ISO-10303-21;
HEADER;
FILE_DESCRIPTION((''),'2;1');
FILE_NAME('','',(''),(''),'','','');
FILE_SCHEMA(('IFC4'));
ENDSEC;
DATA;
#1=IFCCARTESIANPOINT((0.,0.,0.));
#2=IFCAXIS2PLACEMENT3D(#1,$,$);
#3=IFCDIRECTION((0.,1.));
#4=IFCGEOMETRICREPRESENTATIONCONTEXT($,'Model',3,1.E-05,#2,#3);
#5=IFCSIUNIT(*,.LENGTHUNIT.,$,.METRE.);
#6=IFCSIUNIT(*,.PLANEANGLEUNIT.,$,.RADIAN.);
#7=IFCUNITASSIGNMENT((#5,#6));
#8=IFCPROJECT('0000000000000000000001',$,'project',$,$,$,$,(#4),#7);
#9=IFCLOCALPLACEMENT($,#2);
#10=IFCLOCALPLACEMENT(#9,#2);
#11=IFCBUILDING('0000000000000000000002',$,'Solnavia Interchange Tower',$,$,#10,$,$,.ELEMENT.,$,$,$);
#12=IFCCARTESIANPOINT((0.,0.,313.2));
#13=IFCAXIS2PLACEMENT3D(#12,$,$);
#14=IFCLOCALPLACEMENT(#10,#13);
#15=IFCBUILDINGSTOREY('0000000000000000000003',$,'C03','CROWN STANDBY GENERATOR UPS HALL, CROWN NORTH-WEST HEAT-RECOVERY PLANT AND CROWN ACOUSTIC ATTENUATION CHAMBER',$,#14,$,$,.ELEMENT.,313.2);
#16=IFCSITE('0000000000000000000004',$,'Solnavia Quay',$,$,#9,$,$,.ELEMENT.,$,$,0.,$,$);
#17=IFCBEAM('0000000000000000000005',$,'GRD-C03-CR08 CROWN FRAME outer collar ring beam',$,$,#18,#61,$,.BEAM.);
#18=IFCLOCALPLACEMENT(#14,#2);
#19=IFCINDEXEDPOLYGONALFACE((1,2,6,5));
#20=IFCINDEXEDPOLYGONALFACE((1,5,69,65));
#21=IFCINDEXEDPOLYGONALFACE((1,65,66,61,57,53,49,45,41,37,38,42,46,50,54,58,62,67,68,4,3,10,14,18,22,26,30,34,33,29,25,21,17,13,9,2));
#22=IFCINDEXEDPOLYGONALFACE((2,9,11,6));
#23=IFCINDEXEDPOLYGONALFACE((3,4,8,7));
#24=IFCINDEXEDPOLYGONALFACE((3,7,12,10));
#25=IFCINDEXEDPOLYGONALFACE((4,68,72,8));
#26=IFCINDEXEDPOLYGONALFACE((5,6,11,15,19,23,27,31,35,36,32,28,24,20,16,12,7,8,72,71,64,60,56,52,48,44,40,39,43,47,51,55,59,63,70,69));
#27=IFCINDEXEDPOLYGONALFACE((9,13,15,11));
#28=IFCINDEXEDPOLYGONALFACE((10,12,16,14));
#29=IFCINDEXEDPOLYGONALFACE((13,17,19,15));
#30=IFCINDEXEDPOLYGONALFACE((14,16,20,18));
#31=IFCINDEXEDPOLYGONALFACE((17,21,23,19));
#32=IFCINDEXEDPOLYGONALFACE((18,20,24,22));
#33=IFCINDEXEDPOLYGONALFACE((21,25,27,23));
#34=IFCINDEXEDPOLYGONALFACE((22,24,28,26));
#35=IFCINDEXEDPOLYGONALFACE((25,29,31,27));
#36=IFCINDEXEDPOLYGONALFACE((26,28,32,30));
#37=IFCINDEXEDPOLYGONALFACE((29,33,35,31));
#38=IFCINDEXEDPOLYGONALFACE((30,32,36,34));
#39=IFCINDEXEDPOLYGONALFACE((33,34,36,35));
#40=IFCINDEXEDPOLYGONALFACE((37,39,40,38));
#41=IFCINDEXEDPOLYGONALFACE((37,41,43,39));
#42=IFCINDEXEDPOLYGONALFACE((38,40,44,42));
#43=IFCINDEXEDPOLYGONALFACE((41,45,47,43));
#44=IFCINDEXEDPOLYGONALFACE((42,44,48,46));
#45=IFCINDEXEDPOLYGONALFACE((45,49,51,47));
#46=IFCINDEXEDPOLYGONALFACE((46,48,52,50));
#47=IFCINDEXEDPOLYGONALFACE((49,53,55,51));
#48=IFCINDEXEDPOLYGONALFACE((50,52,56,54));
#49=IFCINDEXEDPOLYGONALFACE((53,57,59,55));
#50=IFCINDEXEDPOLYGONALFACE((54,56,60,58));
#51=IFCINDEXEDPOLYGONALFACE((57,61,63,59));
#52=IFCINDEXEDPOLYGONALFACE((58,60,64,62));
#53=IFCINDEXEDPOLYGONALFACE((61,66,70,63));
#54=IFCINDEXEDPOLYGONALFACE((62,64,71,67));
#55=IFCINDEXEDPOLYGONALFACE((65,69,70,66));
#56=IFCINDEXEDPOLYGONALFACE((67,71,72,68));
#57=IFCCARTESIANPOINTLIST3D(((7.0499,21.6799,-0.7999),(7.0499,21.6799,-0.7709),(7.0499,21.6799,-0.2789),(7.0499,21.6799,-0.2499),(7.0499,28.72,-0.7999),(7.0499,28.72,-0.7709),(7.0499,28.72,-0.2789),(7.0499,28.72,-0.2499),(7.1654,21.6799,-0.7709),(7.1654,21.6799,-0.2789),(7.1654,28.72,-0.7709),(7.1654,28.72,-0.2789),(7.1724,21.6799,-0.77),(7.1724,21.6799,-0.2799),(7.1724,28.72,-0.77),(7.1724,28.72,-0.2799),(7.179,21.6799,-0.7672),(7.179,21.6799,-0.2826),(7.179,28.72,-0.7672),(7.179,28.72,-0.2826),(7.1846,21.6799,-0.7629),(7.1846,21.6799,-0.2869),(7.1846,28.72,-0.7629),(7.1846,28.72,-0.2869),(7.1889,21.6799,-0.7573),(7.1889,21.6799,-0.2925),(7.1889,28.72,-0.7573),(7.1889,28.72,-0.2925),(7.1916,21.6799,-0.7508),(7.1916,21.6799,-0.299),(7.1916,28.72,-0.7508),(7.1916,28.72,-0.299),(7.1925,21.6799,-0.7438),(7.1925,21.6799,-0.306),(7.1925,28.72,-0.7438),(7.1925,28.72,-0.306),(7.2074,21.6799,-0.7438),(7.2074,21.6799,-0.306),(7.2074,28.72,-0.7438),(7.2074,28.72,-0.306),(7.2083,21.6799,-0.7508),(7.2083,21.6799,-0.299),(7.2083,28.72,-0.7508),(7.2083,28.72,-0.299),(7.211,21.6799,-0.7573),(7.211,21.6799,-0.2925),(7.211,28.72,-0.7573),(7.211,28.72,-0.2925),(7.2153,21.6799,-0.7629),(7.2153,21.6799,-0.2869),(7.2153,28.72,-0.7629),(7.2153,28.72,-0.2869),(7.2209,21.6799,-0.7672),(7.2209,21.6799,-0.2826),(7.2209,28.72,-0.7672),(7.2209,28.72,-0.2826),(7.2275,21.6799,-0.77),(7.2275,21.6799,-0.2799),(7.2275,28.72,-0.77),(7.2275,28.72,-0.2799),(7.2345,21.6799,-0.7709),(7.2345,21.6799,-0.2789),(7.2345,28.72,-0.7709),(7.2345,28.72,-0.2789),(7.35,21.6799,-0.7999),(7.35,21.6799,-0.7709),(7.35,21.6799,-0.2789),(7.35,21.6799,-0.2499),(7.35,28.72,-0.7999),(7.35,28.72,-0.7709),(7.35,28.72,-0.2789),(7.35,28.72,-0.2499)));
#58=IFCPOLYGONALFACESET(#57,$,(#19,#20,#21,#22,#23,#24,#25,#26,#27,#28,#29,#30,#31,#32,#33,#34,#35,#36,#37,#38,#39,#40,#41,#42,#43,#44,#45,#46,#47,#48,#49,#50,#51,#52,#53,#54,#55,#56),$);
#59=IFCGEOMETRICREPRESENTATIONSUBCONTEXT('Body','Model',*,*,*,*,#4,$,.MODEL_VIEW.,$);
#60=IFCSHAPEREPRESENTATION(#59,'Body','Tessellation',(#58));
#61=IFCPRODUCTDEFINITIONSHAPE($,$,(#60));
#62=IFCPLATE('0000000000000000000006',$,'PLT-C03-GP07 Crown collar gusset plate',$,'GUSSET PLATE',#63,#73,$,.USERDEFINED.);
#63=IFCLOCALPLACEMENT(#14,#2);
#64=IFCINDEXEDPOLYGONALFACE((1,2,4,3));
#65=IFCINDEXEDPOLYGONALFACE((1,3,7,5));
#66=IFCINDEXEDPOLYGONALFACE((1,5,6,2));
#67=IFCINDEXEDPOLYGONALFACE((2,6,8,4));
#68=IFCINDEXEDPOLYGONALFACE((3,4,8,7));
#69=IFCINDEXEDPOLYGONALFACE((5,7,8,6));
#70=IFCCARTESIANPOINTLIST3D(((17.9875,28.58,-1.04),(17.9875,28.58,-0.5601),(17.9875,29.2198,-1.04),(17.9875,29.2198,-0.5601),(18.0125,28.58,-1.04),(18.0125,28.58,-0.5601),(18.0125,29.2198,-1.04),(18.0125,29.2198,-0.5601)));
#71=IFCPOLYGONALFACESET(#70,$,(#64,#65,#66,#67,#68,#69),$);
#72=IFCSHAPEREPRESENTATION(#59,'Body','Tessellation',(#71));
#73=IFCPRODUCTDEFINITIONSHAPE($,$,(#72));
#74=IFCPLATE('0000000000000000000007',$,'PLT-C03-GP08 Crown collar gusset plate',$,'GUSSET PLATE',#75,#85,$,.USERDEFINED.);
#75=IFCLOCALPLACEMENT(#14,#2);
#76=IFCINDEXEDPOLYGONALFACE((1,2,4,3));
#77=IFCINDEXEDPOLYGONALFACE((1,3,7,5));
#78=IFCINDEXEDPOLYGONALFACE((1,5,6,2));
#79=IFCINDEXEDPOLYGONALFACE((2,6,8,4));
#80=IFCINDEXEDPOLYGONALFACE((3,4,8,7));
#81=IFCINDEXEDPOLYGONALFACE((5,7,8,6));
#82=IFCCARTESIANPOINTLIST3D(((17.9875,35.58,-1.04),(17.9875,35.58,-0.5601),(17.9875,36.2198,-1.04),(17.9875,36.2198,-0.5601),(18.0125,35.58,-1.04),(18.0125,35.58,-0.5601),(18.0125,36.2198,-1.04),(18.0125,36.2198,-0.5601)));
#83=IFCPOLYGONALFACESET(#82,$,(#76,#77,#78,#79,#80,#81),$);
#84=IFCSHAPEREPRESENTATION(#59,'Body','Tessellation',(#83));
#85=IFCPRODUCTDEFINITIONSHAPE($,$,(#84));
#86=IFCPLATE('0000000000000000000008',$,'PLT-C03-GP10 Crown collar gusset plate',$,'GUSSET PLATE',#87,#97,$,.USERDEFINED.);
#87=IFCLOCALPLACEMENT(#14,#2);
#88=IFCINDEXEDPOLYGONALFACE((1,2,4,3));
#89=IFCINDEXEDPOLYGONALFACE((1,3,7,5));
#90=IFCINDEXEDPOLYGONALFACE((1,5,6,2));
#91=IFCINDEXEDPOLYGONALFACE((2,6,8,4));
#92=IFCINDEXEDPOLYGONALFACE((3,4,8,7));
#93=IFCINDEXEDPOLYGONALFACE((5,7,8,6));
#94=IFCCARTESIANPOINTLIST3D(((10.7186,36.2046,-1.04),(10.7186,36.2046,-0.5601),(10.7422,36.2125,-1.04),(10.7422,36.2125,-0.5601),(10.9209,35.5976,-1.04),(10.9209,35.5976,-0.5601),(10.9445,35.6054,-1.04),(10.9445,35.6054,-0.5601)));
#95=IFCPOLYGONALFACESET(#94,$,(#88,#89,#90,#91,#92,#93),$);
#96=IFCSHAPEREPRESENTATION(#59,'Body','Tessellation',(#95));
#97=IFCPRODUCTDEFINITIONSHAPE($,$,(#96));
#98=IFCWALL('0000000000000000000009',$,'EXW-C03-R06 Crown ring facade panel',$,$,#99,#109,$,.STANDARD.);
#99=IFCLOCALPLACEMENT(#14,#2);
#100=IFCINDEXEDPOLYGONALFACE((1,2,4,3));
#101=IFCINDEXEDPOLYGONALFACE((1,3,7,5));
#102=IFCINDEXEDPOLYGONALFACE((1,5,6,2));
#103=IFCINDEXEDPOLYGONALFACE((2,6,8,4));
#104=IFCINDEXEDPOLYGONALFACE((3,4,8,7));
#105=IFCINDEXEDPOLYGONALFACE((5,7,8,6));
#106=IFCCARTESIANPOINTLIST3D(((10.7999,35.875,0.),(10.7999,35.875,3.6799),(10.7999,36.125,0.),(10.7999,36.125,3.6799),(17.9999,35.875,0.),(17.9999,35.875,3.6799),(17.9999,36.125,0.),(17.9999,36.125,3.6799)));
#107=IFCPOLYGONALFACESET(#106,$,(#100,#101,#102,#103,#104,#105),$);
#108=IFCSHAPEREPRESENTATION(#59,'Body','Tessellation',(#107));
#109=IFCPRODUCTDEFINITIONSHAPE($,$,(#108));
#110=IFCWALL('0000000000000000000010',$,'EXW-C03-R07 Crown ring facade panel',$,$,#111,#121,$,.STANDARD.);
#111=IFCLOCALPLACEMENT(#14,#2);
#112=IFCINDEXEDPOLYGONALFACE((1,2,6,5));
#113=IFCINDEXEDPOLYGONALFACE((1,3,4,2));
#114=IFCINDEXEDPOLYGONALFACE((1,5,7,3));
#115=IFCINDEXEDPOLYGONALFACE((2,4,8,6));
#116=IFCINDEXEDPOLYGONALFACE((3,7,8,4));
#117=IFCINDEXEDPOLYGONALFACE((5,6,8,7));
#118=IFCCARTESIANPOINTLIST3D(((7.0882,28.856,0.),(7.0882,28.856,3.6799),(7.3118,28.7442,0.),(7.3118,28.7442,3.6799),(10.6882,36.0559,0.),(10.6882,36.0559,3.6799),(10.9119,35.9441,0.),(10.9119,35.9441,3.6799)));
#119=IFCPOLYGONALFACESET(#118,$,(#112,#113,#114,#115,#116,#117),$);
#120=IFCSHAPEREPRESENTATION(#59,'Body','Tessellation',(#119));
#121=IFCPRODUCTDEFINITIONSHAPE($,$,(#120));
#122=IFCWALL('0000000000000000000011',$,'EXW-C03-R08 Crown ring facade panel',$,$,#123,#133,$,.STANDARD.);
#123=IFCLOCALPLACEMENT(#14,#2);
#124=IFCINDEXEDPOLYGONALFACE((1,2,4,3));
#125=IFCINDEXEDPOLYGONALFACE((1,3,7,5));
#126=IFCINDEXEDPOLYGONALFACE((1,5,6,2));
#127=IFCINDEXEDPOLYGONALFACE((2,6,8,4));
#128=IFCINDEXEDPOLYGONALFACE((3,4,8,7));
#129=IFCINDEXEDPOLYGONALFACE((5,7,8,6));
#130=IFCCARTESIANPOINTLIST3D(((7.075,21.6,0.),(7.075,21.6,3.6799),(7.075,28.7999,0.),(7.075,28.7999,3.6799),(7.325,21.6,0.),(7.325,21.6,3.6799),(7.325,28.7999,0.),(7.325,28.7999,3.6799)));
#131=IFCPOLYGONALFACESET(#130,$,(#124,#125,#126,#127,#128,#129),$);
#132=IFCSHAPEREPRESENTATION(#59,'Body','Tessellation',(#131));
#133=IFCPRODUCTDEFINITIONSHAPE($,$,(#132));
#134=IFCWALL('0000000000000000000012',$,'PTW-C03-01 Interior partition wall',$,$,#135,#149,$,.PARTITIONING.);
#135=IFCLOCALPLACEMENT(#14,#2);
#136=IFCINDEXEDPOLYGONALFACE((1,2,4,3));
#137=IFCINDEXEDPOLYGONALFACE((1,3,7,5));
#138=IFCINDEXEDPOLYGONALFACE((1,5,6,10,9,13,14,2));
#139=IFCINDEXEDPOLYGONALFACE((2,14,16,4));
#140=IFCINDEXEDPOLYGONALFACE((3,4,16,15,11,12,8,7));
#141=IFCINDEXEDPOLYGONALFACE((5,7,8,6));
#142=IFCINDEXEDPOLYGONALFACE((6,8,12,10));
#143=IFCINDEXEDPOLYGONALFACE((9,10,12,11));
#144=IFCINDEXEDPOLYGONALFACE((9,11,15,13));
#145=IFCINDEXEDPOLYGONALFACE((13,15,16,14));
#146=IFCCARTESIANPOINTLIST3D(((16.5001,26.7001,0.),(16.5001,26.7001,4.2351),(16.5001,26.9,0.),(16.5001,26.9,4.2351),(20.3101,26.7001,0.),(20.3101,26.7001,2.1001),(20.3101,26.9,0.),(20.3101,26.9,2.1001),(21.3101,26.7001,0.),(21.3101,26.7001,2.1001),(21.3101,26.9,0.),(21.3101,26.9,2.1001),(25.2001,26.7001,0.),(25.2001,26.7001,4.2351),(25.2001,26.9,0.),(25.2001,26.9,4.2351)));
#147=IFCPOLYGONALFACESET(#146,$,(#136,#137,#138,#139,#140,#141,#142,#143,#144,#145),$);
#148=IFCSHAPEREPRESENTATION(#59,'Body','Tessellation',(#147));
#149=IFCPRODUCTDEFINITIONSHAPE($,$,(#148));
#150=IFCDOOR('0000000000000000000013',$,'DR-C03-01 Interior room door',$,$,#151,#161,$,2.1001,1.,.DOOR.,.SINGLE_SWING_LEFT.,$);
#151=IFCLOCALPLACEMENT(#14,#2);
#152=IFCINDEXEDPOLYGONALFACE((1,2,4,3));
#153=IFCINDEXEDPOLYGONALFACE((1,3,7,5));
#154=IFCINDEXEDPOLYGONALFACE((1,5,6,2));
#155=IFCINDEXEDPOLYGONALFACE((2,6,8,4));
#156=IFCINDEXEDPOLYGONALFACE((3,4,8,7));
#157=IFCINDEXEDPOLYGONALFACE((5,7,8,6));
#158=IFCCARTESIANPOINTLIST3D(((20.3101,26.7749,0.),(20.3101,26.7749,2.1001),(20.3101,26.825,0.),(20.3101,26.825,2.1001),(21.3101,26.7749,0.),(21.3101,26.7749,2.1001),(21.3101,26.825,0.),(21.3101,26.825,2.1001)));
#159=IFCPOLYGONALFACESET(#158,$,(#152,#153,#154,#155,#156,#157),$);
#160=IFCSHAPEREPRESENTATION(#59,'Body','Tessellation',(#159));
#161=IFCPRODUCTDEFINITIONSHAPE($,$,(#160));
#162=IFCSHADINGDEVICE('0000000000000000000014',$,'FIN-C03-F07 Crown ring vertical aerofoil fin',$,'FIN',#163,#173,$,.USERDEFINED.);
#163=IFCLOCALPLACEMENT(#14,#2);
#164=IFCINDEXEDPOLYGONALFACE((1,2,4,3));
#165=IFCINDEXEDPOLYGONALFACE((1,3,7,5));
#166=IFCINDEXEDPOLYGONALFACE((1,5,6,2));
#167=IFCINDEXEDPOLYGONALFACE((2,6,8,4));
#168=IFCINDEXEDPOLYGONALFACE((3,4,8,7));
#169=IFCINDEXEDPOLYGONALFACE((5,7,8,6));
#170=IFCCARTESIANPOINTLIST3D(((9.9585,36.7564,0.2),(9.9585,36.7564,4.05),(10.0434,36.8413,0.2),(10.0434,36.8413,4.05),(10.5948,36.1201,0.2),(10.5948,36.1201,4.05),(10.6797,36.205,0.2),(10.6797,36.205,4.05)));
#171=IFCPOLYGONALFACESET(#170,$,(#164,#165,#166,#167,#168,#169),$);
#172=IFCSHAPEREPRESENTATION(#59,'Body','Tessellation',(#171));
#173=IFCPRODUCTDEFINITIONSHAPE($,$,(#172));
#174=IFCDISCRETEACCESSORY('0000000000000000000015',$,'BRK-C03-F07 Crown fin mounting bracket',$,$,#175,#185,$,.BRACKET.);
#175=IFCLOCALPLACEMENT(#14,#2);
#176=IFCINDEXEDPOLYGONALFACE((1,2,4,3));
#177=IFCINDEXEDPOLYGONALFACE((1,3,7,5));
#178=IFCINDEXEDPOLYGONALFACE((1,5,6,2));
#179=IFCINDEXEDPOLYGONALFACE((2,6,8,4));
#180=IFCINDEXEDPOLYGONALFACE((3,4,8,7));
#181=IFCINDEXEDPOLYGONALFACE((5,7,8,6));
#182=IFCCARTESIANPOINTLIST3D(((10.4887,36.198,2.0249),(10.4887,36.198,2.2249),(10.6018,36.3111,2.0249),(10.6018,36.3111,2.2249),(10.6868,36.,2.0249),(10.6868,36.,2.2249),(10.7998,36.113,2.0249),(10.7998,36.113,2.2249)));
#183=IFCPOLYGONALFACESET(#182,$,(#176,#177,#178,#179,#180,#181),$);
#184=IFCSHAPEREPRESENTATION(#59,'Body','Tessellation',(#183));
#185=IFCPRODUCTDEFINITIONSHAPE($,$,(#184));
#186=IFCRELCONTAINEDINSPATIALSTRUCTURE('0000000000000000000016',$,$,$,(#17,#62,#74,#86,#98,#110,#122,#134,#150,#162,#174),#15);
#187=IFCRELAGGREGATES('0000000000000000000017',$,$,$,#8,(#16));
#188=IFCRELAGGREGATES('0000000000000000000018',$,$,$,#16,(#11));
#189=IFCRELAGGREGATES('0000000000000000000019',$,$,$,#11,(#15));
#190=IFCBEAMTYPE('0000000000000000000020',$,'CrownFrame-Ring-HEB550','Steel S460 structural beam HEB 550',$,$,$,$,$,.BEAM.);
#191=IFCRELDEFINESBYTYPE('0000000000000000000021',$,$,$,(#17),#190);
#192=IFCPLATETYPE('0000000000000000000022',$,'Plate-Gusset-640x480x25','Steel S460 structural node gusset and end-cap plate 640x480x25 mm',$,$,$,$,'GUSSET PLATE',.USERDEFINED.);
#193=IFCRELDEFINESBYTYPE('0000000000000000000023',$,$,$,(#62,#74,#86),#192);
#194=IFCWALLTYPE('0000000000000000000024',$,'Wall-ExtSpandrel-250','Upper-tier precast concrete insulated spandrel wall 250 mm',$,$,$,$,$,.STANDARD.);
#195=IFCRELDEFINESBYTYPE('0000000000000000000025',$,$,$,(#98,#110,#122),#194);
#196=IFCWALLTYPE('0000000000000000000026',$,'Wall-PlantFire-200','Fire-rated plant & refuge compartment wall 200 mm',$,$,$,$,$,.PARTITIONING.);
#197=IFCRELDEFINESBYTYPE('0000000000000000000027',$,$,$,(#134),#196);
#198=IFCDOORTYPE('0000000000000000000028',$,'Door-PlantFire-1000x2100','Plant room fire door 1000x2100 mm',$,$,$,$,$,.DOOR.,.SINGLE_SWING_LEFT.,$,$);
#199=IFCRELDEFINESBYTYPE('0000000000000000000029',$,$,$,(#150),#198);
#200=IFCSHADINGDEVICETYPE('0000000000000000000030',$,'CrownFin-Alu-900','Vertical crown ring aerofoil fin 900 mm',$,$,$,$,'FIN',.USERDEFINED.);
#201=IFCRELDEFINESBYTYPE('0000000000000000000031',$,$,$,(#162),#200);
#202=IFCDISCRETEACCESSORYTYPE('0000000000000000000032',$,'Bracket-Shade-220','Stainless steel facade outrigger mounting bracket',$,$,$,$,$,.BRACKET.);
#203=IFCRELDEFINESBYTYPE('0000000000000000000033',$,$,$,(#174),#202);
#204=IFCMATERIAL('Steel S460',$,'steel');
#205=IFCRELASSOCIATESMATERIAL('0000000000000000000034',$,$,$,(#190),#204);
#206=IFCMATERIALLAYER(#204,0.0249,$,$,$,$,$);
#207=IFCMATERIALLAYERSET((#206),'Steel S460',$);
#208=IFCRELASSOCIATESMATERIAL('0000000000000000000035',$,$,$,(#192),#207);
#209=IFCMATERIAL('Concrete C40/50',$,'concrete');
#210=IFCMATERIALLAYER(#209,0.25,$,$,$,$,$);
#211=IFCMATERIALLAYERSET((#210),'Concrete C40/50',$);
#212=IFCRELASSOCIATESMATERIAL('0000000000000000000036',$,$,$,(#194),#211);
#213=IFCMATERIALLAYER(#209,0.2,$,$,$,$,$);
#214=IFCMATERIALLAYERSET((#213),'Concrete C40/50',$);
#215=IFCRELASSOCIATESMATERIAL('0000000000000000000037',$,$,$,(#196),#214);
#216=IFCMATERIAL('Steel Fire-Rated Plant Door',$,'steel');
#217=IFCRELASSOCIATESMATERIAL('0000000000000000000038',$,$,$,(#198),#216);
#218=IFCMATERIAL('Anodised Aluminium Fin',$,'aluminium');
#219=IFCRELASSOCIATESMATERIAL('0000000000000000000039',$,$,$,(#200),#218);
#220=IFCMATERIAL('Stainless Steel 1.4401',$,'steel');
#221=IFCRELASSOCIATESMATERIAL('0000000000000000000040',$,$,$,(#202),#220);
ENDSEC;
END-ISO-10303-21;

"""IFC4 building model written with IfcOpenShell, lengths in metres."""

from ifc_helpers import new_model, si_unit, direction, frame, frame_2d, origin, origin_2d, place, context, subcontext, project, spatial, rectangle, i_section, extrude, material, layer, layer_set, material_profile, profile_set, type_object, element, fill, save


model = new_model("IFC4")

# Units and contexts
model_context = context("Model", 3, precision=1e-05, world=origin(), true_north=direction((0.0, 1.0)))
body_context = subcontext(model_context, "Body", "Model", "MODEL_VIEW")
ifc_project = project(units=[si_unit("LENGTHUNIT", "METRE"), si_unit("PLANEANGLEUNIT", "RADIAN")], contexts=[model_context])

# Site, building, storey
site_placement = place(None, origin())
site = spatial("IfcSite", under=ifc_project, at=site_placement, Name="Solnavia Quay", CompositionType="ELEMENT", RefElevation=0.0)
building_placement = place(site_placement, origin())
building = spatial("IfcBuilding", under=site, at=building_placement, Name="Solnavia Interchange Tower", CompositionType="ELEMENT")
storey_placement = place(building_placement, frame((0.0, 0.0, 313.2)))
storey = spatial("IfcBuildingStorey", under=building, at=storey_placement, Name="C03", Description="CROWN STANDBY GENERATOR UPS HALL, CROWN NORTH-WEST HEAT-RECOVERY PLANT AND CROWN ACOUSTIC ATTENUATION CHAMBER", CompositionType="ELEMENT", Elevation=313.2)

# Shared definitions
ifc_material_1 = material(Name="Steel S460", Category="steel")

# Beam
ifc_material_profile_1 = material_profile(ifc_material_1, i_section(OverallWidth=0.3, OverallDepth=0.55, WebThickness=0.0149, FlangeThickness=0.0291, FilletRadius=0.0271, at=origin_2d()), Name="HEB 550")
ifc_profile_set_1 = profile_set([ifc_material_profile_1], Name="Steel S460")
beam_type_1 = type_object("IfcBeamType", Name="CrownFrame-Ring-HEB550", Description="Steel S460 structural beam HEB 550", PredefinedType="BEAM", material=ifc_profile_set_1)
beam_1_placement = place(storey_placement, frame((7.2, 28.72, -0.5249), z_axis=(0.0, -1.0, 0.0), x_axis=(1.0, 0.0, 0.0)))
element("IfcBeam", 1, at=beam_1_placement, inside=storey, type_object=beam_type_1, Name="GRD-C03-CR08 CROWN FRAME outer collar ring beam", PredefinedType="BEAM", context=body_context, shape_type="SweptSolid", body=[
    extrude(i_section(OverallWidth=0.3, OverallDepth=0.55, WebThickness=0.0149, FlangeThickness=0.0291, FilletRadius=0.0271, at=origin_2d()), origin(), (0.0, 0.0, 1.0), 7.04),
])

# Plates
ifc_layer_1 = layer(ifc_material_1, 0.0249)
ifc_layer_set_1 = layer_set([ifc_layer_1], Name="Steel S460")
plate_type = type_object("IfcPlateType", Name="Plate-Gusset-640x480x25", Description="Steel S460 structural node gusset and end-cap plate 640x480x25 mm", ElementType="GUSSET PLATE", PredefinedType="USERDEFINED", material=ifc_layer_set_1)
for number, where, z_axis, x_axis, name in (
    (2, (18.0, 28.8999, -1.04), (0.0, 0.0, 1.0), (0.0, 1.0, 0.0), "PLT-C03-GP07 Crown collar gusset plate"),
    (3, (18.0, 35.8999, -1.04), (0.0, 0.0, 1.0), (0.0, 1.0, 0.0), "PLT-C03-GP08 Crown collar gusset plate"),
    (4, (10.8315, 35.905, -1.04), (0.0, 0.0, 1.0), (-0.316146, 0.948711, 0.0), "PLT-C03-GP10 Crown collar gusset plate"),
):
    element("IfcPlate", number, at=place(storey_placement, frame(where, z_axis=z_axis, x_axis=x_axis)), inside=storey, type_object=plate_type, Name=name, ObjectType="GUSSET PLATE", PredefinedType="USERDEFINED", context=body_context, shape_type="SweptSolid", body=[
        extrude(rectangle(XDim=0.6399, YDim=0.0249, at=origin_2d()), origin(), (0.0, 0.0, 1.0), 0.48),
    ])

# Walls
ifc_material_2 = material(Name="Concrete C40/50", Category="concrete")
ifc_layer_2 = layer(ifc_material_2, 0.25)
ifc_layer_set_2 = layer_set([ifc_layer_2], Name="Concrete C40/50")
wall_type_1 = type_object("IfcWallType", Name="Wall-ExtSpandrel-250", Description="Upper-tier precast concrete insulated spandrel wall 250 mm", PredefinedType="STANDARD", material=ifc_layer_set_2)
wall_1_placement = place(storey_placement, frame((18.0, 36.0, 0.0), z_axis=(0.0, 0.0, 1.0), x_axis=(-1.0, 0.0, 0.0)))
element("IfcWall", 5, at=wall_1_placement, inside=storey, type_object=wall_type_1, Name="EXW-C03-R06 Crown ring facade panel", PredefinedType="STANDARD", context=body_context, shape_type="SweptSolid", body=[
    extrude(rectangle(XDim=7.2, YDim=0.25, at=frame_2d((3.6001, 0.0))), origin(), (0.0, 0.0, 1.0), 3.6799),
])
wall_2_placement = place(storey_placement, frame((10.8, 36.0, 0.0), z_axis=(0.0, 0.0, 1.0), x_axis=(-0.447226, -0.894421, 0.0)))
element("IfcWall", 6, at=wall_2_placement, inside=storey, type_object=wall_type_1, Name="EXW-C03-R07 Crown ring facade panel", PredefinedType="STANDARD", context=body_context, shape_type="SweptSolid", body=[
    extrude(rectangle(XDim=8.0498, YDim=0.25, at=frame_2d((4.0249, 0.0))), origin(), (0.0, 0.0, 1.0), 3.6799),
])
wall_3_placement = place(storey_placement, frame((7.2, 28.8, 0.0), z_axis=(0.0, 0.0, 1.0), x_axis=(0.0, -1.0, 0.0)))
element("IfcWall", 7, at=wall_3_placement, inside=storey, type_object=wall_type_1, Name="EXW-C03-R08 Crown ring facade panel", PredefinedType="STANDARD", context=body_context, shape_type="SweptSolid", body=[
    extrude(rectangle(XDim=7.2, YDim=0.25, at=frame_2d((3.6001, 0.0))), origin(), (0.0, 0.0, 1.0), 3.6799),
])

# Wall, opening, door
ifc_layer_3 = layer(ifc_material_2, 0.2)
ifc_layer_set_3 = layer_set([ifc_layer_3], Name="Concrete C40/50")
wall_type_2 = type_object("IfcWallType", Name="Wall-PlantFire-200", Description="Fire-rated plant & refuge compartment wall 200 mm", PredefinedType="PARTITIONING", material=ifc_layer_set_3)
wall_4_placement = place(storey_placement, frame((16.5, 26.8, 0.0), z_axis=(0.0, 0.0, 1.0), x_axis=(1.0, 0.0, 0.0)))
wall_4 = element("IfcWall", 8, at=wall_4_placement, inside=storey, type_object=wall_type_2, Name="PTW-C03-01 Interior partition wall", PredefinedType="PARTITIONING", context=body_context, shape_type="SweptSolid", body=[
    extrude(rectangle(XDim=8.7, YDim=0.2, at=frame_2d((4.3501, 0.0))), origin(), (0.0, 0.0, 1.0), 4.2351),
])
opening_placement = place(wall_4_placement, frame((3.8101, 0.0, 0.0)))
opening = element("IfcOpeningElement", 9, at=opening_placement, cuts=wall_4, PredefinedType="OPENING", context=body_context, shape_type="SweptSolid", body=[
    extrude(rectangle(XDim=1.0, YDim=2.1001, at=frame_2d((0.5, 1.05))), frame((0.0, 0.1099, 0.0), z_axis=(0.0, -1.0, 0.0), x_axis=(1.0, 0.0, 0.0)), (0.0, 0.0, 1.0), 0.22),
])
ifc_material_3 = material(Name="Steel Fire-Rated Plant Door", Category="steel")
door_type = type_object("IfcDoorType", Name="Door-PlantFire-1000x2100", Description="Plant room fire door 1000x2100 mm", OperationType="SINGLE_SWING_LEFT", PredefinedType="DOOR", material=ifc_material_3)
door_placement = place(opening_placement, origin())
door = element("IfcDoor", 10, at=door_placement, inside=storey, type_object=door_type, Name="DR-C03-01 Interior room door", OperationType="SINGLE_SWING_LEFT", OverallHeight=2.1001, OverallWidth=1.0, PredefinedType="DOOR", context=body_context, shape_type="SweptSolid", body=[
    extrude(rectangle(XDim=1.0, YDim=2.1001, at=frame_2d((0.5, 1.05))), frame((0.0, 0.0249, 0.0), z_axis=(0.0, -1.0, 0.0), x_axis=(1.0, 0.0, 0.0)), (0.0, 0.0, 1.0), 0.05),
])
fill(opening, door)

# Shading device
ifc_material_4 = material(Name="Anodised Aluminium Fin", Category="aluminium")
shading_device_type = type_object("IfcShadingDeviceType", Name="CrownFin-Alu-900", Description="Vertical crown ring aerofoil fin 900 mm", ElementType="FIN", PredefinedType="USERDEFINED", material=ifc_material_4)
shading_device_placement = place(storey_placement, frame((10.3191, 36.4807, 0.2), z_axis=(0.0, 0.0, 1.0), x_axis=(-0.707107, 0.707107, 0.0)))
element("IfcShadingDevice", 11, at=shading_device_placement, inside=storey, type_object=shading_device_type, Name="FIN-C03-F07 Crown ring vertical aerofoil fin", ObjectType="FIN", PredefinedType="USERDEFINED", context=body_context, shape_type="SweptSolid", body=[
    extrude(rectangle(XDim=0.8999, YDim=0.1201, at=origin_2d()), origin(), (0.0, 0.0, 1.0), 3.8501),
])

# Discrete accessory
ifc_material_5 = material(Name="Stainless Steel 1.4401", Category="steel")
discrete_accessory_type = type_object("IfcDiscreteAccessoryType", Name="Bracket-Shade-220", Description="Stainless steel facade outrigger mounting bracket", PredefinedType="BRACKET", material=ifc_material_5)
discrete_accessory_placement = place(storey_placement, frame((10.6443, 36.1555, 2.0249), z_axis=(0.0, 0.0, 1.0), x_axis=(-0.707107, 0.707107, 0.0)))
element("IfcDiscreteAccessory", 12, at=discrete_accessory_placement, inside=storey, type_object=discrete_accessory_type, Name="BRK-C03-F07 Crown fin mounting bracket", PredefinedType="BRACKET", context=body_context, shape_type="SweptSolid", body=[
    extrude(rectangle(XDim=0.28, YDim=0.1599, at=origin_2d()), origin(), (0.0, 0.0, 1.0), 0.2),
])

save(model, "model.ifc")
